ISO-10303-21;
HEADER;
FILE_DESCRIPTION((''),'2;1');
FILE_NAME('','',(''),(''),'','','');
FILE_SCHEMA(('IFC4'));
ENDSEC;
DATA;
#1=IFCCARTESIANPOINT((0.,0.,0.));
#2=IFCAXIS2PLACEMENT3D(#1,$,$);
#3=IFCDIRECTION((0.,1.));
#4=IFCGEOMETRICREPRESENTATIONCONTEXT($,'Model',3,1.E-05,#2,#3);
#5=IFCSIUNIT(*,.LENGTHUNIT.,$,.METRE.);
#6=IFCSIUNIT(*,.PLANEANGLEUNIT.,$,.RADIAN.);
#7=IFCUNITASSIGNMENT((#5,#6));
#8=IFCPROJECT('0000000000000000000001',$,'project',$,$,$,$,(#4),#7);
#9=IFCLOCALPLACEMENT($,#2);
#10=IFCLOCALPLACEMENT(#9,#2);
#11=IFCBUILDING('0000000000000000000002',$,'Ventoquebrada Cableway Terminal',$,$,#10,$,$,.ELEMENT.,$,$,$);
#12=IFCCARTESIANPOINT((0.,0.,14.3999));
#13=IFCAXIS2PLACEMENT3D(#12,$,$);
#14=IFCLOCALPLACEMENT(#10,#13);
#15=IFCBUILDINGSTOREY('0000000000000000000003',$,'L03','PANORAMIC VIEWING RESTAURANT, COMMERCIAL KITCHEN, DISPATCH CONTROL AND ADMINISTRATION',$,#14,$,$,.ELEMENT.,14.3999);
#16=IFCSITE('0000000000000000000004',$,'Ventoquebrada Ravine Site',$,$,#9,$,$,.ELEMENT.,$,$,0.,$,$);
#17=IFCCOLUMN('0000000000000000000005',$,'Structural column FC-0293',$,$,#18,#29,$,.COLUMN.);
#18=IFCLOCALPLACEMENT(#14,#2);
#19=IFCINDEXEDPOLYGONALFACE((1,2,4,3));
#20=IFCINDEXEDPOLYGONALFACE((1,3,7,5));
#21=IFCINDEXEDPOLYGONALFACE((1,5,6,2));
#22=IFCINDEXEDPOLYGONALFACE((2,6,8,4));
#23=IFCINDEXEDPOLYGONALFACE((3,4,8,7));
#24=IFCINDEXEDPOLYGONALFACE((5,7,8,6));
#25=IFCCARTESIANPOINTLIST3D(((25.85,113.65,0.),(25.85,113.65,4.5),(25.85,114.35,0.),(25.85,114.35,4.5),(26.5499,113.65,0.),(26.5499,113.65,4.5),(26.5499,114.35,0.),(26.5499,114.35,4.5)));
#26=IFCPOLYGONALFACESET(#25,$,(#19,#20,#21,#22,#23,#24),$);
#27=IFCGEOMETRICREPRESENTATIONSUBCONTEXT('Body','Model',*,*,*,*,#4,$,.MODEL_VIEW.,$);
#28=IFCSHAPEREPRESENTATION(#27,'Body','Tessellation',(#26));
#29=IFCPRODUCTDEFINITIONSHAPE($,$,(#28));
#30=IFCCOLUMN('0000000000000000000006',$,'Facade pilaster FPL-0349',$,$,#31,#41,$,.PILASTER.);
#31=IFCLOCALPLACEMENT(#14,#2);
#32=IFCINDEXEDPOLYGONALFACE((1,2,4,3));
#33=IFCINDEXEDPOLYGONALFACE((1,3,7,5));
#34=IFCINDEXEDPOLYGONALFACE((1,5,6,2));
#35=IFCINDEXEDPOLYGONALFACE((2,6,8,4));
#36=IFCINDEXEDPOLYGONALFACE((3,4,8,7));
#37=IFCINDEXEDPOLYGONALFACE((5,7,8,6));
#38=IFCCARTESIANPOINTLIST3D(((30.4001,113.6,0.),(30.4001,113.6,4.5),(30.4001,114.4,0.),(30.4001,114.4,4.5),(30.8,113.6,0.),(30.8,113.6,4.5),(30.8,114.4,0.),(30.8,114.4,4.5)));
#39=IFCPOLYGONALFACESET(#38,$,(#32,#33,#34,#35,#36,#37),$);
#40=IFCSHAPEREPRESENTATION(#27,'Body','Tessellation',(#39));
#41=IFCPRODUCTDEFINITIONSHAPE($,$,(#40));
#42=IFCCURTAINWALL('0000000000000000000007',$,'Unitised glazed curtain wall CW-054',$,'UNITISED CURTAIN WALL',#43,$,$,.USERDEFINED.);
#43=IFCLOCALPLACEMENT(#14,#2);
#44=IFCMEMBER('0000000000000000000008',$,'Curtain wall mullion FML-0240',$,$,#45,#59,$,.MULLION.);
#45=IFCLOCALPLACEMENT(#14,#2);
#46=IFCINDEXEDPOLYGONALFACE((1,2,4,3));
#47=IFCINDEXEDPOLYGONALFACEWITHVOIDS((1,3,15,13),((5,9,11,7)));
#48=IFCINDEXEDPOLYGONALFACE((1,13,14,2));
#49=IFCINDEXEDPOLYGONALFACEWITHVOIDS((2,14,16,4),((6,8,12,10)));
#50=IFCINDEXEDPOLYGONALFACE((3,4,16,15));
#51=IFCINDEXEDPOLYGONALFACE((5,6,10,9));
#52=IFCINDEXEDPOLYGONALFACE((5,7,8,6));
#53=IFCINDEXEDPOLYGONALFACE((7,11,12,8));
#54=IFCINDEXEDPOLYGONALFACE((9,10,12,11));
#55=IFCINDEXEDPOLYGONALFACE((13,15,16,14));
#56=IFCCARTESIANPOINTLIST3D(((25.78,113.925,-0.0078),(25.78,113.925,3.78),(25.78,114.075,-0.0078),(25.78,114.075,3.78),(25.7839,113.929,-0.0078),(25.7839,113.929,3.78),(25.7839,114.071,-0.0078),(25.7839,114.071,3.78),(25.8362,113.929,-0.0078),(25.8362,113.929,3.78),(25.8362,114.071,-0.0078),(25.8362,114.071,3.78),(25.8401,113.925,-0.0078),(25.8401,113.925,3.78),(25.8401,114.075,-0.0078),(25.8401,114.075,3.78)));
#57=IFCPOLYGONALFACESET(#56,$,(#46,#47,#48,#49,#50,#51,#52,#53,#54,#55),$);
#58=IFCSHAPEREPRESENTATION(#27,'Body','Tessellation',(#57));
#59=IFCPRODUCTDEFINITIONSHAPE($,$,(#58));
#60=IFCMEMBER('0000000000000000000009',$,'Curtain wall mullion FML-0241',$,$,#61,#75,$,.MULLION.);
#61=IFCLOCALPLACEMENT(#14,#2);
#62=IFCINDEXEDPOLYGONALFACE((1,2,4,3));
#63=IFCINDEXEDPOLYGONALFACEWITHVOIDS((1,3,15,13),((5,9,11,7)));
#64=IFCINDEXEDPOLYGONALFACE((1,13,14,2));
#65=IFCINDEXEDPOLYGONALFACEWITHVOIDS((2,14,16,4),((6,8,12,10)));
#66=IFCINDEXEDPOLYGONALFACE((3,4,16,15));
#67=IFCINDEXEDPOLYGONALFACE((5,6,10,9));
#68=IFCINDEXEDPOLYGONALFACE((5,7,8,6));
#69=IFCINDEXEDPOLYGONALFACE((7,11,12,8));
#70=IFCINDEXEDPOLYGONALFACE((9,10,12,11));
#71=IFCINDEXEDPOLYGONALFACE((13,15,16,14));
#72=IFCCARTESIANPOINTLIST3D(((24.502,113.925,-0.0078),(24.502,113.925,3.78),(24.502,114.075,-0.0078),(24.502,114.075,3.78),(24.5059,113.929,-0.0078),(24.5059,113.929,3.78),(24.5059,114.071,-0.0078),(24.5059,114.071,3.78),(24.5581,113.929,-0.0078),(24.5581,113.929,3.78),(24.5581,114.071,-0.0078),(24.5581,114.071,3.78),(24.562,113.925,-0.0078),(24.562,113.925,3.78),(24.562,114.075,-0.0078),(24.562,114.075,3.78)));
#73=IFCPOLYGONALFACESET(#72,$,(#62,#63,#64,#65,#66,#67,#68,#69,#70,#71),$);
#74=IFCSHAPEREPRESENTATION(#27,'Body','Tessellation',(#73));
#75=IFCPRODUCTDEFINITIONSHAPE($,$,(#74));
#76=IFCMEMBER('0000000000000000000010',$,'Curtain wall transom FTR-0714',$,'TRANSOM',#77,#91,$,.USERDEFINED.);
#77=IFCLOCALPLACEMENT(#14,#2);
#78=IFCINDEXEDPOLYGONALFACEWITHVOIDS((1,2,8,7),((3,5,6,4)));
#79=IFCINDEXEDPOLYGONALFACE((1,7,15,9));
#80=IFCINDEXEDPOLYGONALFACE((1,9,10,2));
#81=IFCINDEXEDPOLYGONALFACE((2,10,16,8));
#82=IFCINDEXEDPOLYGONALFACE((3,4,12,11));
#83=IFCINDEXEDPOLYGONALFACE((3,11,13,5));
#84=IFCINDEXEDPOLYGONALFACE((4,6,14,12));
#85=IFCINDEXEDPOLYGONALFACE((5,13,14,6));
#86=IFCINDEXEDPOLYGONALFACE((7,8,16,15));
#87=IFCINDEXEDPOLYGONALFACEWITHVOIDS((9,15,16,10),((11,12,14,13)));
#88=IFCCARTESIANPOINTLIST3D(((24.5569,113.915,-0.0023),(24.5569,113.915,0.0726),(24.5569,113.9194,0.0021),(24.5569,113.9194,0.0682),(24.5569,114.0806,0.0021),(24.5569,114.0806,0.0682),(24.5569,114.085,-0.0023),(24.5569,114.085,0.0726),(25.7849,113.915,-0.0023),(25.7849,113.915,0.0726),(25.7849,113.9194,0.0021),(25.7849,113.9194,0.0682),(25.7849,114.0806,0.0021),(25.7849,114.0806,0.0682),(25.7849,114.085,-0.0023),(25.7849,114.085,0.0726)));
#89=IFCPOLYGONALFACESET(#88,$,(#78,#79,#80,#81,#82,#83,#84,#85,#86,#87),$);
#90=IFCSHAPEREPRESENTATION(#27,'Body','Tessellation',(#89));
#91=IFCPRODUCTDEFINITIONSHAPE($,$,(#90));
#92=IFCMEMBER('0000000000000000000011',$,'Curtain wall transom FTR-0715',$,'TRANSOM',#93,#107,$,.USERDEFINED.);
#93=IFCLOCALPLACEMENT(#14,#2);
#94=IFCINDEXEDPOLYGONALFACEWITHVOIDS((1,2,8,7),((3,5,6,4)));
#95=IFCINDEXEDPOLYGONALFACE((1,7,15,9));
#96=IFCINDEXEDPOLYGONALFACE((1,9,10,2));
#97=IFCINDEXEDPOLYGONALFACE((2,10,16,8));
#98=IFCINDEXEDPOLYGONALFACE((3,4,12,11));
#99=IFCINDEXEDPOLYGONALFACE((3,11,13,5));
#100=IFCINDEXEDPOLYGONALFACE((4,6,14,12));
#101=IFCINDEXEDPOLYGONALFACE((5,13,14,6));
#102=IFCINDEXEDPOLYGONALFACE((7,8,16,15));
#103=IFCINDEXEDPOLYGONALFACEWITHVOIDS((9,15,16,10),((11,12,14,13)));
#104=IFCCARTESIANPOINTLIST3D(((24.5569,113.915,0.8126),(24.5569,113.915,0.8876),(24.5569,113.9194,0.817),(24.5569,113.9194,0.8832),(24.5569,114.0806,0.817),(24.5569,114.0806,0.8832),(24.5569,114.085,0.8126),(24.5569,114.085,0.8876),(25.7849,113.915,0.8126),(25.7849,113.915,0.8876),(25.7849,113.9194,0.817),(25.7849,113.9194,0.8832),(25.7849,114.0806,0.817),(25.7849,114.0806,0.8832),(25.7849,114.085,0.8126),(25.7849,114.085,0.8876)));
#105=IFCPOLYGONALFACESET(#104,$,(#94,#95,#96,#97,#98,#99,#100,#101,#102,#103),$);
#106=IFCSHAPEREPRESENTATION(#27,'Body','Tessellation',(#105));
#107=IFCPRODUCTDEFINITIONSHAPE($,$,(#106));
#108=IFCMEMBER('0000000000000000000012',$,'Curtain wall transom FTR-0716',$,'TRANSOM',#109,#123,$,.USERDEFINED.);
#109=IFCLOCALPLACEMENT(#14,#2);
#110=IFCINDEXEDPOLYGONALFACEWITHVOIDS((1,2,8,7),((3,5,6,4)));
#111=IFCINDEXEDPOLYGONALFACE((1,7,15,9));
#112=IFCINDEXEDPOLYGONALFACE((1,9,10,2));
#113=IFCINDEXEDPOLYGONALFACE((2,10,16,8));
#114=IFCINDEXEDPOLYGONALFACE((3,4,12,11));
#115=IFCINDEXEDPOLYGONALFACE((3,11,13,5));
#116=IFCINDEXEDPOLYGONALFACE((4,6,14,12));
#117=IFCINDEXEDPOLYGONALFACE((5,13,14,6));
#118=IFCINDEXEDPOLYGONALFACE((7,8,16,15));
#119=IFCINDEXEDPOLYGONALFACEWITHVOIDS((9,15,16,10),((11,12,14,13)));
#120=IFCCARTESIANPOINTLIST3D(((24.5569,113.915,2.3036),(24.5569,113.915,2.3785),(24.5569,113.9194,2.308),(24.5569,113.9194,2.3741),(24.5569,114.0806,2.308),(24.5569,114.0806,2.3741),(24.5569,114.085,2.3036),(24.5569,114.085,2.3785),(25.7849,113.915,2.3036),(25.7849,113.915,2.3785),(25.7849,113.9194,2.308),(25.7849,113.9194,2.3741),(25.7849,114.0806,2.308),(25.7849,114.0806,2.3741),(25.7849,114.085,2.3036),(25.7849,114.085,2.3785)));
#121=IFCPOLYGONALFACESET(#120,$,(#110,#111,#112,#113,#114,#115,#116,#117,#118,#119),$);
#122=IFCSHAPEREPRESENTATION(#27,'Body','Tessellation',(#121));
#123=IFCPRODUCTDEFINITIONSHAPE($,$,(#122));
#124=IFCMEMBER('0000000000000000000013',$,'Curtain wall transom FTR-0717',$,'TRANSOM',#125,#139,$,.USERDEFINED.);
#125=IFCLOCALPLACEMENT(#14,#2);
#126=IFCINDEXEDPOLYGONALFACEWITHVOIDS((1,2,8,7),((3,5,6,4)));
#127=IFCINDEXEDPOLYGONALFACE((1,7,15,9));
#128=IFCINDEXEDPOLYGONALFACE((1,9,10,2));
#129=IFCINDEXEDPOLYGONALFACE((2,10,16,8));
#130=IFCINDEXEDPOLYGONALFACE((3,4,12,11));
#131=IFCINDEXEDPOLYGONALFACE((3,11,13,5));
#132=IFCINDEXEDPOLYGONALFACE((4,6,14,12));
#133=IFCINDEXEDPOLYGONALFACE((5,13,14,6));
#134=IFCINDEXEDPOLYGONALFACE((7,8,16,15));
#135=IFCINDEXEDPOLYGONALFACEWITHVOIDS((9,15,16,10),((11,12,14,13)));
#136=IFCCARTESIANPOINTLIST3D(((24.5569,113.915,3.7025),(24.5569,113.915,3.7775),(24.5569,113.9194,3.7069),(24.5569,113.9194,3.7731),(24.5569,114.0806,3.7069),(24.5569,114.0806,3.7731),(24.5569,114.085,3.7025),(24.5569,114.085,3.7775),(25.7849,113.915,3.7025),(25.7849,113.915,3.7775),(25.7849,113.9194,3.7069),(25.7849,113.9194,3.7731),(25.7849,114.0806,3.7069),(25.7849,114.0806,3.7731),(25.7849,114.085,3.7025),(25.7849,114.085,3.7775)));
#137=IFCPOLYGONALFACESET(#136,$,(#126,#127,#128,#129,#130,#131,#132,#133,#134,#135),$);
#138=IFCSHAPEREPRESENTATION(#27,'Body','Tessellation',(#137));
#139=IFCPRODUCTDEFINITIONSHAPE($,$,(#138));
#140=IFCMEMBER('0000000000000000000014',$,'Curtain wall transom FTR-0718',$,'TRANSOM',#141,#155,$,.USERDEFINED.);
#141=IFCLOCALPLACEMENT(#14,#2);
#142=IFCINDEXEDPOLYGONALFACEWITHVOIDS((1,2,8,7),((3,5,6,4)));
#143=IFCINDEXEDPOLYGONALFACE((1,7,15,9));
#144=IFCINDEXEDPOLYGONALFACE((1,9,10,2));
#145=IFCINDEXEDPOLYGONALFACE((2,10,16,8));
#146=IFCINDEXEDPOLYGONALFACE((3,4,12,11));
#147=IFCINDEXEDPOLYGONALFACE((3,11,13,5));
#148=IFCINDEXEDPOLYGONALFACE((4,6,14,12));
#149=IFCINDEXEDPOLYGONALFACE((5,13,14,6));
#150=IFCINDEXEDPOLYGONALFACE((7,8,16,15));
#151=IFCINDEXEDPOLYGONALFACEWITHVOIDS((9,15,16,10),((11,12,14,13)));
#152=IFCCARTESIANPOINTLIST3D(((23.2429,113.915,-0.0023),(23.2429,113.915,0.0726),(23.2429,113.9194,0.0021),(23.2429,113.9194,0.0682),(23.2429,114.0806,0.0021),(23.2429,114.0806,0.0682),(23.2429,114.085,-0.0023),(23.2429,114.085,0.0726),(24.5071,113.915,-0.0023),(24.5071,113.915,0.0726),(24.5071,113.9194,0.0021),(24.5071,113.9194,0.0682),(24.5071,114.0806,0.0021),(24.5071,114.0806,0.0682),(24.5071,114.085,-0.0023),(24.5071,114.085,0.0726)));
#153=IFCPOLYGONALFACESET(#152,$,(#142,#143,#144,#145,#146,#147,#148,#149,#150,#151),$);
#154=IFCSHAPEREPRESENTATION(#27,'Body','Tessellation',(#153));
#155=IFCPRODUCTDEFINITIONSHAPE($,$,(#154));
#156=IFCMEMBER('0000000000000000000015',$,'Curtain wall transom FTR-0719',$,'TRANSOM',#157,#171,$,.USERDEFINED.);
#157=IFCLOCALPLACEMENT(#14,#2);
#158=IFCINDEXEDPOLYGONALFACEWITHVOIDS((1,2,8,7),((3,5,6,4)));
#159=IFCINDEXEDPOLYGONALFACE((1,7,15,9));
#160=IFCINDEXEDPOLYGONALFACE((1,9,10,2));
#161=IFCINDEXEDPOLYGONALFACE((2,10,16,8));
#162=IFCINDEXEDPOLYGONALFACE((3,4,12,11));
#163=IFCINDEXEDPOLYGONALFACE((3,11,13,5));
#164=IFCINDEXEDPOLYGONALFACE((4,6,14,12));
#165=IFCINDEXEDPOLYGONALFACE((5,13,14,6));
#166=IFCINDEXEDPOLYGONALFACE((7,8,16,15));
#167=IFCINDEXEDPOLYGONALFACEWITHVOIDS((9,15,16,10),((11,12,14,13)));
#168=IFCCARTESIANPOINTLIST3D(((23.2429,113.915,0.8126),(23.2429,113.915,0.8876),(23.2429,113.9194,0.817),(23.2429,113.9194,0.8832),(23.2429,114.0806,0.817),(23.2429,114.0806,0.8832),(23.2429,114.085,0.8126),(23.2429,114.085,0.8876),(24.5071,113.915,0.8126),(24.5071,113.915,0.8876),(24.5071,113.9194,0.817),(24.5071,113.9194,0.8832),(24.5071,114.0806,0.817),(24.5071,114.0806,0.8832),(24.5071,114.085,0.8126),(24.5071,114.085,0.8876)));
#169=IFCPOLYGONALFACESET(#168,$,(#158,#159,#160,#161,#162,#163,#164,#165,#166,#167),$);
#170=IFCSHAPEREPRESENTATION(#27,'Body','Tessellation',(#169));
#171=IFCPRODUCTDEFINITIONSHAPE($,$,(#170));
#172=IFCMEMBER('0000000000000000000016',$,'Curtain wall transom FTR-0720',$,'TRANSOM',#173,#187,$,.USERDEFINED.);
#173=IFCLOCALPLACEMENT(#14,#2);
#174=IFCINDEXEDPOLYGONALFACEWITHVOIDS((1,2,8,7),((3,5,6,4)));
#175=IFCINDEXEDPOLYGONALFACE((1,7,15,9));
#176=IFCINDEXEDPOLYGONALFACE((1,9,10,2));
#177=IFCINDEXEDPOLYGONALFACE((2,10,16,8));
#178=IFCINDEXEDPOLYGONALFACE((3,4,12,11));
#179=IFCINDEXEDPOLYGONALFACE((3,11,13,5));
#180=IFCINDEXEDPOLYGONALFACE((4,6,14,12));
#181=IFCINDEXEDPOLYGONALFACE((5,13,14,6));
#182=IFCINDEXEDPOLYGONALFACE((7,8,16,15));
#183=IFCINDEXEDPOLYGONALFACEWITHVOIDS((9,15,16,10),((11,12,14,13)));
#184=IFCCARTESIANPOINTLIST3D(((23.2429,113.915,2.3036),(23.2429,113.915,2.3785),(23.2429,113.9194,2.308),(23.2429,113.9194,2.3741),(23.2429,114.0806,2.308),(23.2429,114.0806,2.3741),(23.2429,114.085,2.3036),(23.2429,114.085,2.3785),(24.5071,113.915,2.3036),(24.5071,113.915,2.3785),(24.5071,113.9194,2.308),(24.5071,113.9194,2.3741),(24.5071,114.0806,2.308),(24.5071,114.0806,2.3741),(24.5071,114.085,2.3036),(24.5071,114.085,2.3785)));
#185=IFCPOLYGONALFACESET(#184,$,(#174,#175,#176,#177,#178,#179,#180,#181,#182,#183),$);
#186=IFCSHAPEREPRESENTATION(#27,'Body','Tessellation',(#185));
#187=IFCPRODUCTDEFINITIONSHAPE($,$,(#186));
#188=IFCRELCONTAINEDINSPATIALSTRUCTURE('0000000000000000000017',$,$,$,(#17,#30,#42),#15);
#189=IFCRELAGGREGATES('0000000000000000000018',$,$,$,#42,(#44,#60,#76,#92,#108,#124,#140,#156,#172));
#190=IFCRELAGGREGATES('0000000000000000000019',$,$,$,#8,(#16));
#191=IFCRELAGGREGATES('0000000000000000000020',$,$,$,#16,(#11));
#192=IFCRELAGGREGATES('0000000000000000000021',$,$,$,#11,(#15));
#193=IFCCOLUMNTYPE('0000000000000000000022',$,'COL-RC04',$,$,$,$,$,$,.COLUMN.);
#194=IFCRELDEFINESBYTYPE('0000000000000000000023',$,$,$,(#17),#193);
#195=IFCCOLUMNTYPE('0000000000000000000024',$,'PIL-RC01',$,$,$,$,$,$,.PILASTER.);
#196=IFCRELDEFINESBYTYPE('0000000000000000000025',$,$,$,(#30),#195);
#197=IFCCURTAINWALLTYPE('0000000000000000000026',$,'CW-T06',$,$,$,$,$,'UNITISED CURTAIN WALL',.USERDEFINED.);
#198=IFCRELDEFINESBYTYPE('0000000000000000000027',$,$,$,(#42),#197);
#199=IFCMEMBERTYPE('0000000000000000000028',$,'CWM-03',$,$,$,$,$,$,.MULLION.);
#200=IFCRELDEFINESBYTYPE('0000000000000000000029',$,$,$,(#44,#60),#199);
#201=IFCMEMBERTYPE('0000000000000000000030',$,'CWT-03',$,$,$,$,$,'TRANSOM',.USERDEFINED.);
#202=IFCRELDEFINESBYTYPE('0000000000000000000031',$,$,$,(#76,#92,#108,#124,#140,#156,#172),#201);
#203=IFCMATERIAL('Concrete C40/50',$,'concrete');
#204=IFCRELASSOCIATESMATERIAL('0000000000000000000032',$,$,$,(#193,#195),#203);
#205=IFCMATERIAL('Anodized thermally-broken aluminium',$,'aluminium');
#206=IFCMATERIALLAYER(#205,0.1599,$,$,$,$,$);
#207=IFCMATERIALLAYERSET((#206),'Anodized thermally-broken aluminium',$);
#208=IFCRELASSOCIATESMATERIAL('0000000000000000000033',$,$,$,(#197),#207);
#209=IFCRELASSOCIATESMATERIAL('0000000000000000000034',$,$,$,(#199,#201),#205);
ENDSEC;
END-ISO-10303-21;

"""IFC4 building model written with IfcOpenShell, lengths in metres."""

from ifc_helpers import new_model, si_unit, direction, frame, origin, origin_2d, place, context, subcontext, project, spatial, rectangle, hollow_rectangle, extrude, material, layer, layer_set, material_profile, profile_set, type_object, element, aggregate, save


model = new_model("IFC4")

# Units and contexts
model_context = context("Model", 3, precision=1e-05, world=origin(), true_north=direction((0.0, 1.0)))
body_context = subcontext(model_context, "Body", "Model", "MODEL_VIEW")
ifc_project = project(units=[si_unit("LENGTHUNIT", "METRE"), si_unit("PLANEANGLEUNIT", "RADIAN")], contexts=[model_context])

# Site, building, storey
site_placement = place(None, origin())
site = spatial("IfcSite", under=ifc_project, at=site_placement, Name="Ventoquebrada Ravine Site", CompositionType="ELEMENT", RefElevation=0.0)
building_placement = place(site_placement, origin())
building = spatial("IfcBuilding", under=site, at=building_placement, Name="Ventoquebrada Cableway Terminal", CompositionType="ELEMENT")
storey_placement = place(building_placement, frame((0.0, 0.0, 14.3999)))
storey = spatial("IfcBuildingStorey", under=building, at=storey_placement, Name="L03", Description="PANORAMIC VIEWING RESTAURANT, COMMERCIAL KITCHEN, DISPATCH CONTROL AND ADMINISTRATION", CompositionType="ELEMENT", Elevation=14.3999)

# Columns
ifc_material_1 = material(Name="Concrete C40/50", Category="concrete")
ifc_material_profile_1 = material_profile(ifc_material_1, rectangle(XDim=0.7, YDim=0.7, at=origin_2d()), Name="RC-COL-700X700")
ifc_profile_set_1 = profile_set([ifc_material_profile_1], Name="Concrete C40/50")
column_type_1 = type_object("IfcColumnType", Name="COL-RC04", PredefinedType="COLUMN", material=ifc_profile_set_1)
column_1_placement = place(storey_placement, frame((26.2, 114.0, 0.0), z_axis=(0.0, 0.0, 1.0), x_axis=(1.0, 0.0, 0.0)))
element("IfcColumn", 1, at=column_1_placement, inside=storey, type_object=column_type_1, Name="Structural column FC-0293", PredefinedType="COLUMN", context=body_context, shape_type="SweptSolid", body=[
    extrude(rectangle(XDim=0.7, YDim=0.7, at=origin_2d()), origin(), (0.0, 0.0, 1.0), 4.5),
])
ifc_material_profile_2 = material_profile(ifc_material_1, rectangle(XDim=0.3999, YDim=0.8, at=origin_2d()), Name="RC-PIL-400X800")
ifc_profile_set_2 = profile_set([ifc_material_profile_2], Name="Concrete C40/50")
column_type_2 = type_object("IfcColumnType", Name="PIL-RC01", PredefinedType="PILASTER", material=ifc_profile_set_2)
column_2_placement = place(storey_placement, frame((30.6001, 114.0, 0.0), z_axis=(0.0, 0.0, 1.0), x_axis=(1.0, 0.0, 0.0)))
element("IfcColumn", 2, at=column_2_placement, inside=storey, type_object=column_type_2, Name="Facade pilaster FPL-0349", PredefinedType="PILASTER", context=body_context, shape_type="SweptSolid", body=[
    extrude(rectangle(XDim=0.3999, YDim=0.8, at=origin_2d()), origin(), (0.0, 0.0, 1.0), 4.5),
])

# Curtain wall, members
ifc_material_2 = material(Name="Anodized thermally-broken aluminium", Category="aluminium")
ifc_layer_1 = layer(ifc_material_2, 0.1599)
ifc_layer_set_1 = layer_set([ifc_layer_1], Name="Anodized thermally-broken aluminium")
curtain_wall_type = type_object("IfcCurtainWallType", Name="CW-T06", ElementType="UNITISED CURTAIN WALL", PredefinedType="USERDEFINED", material=ifc_layer_set_1)
curtain_wall_placement = place(storey_placement, origin())
curtain_wall = element("IfcCurtainWall", 3, at=curtain_wall_placement, inside=storey, type_object=curtain_wall_type, Name="Unitised glazed curtain wall CW-054", ObjectType="UNITISED CURTAIN WALL", PredefinedType="USERDEFINED")
ifc_material_profile_3 = material_profile(ifc_material_2, hollow_rectangle(XDim=0.0601, YDim=0.1499, WallThickness=0.0039, at=origin_2d()), Name="CW-MUL-60X150")
ifc_profile_set_3 = profile_set([ifc_material_profile_3], Name="Anodized thermally-broken aluminium")
member_type_1 = type_object("IfcMemberType", Name="CWM-03", PredefinedType="MULLION", material=ifc_profile_set_3)
member_1_placement = place(storey_placement, frame((25.8101, 114.0, -0.0078), z_axis=(0.0, 0.0, 1.0), x_axis=(-1.0, 0.0, 0.0)))
member_1 = element("IfcMember", 4, at=member_1_placement, type_object=member_type_1, Name="Curtain wall mullion FML-0240", PredefinedType="MULLION", context=body_context, shape_type="SweptSolid", body=[
    extrude(hollow_rectangle(XDim=0.0601, YDim=0.1499, WallThickness=0.0039, at=origin_2d()), origin(), (0.0, 0.0, 1.0), 3.7878),
])
member_2_placement = place(storey_placement, frame((24.532, 114.0, -0.0078), z_axis=(0.0, 0.0, 1.0), x_axis=(-1.0, 0.0, 0.0)))
member_2 = element("IfcMember", 5, at=member_2_placement, type_object=member_type_1, Name="Curtain wall mullion FML-0241", PredefinedType="MULLION", context=body_context, shape_type="SweptSolid", body=[
    extrude(hollow_rectangle(XDim=0.0601, YDim=0.1499, WallThickness=0.0039, at=origin_2d()), origin(), (0.0, 0.0, 1.0), 3.7878),
])
ifc_material_profile_4 = material_profile(ifc_material_2, hollow_rectangle(XDim=0.075, YDim=0.1699, WallThickness=0.0044, at=origin_2d()), Name="CW-TRN-75X170")
ifc_profile_set_4 = profile_set([ifc_material_profile_4], Name="Anodized thermally-broken aluminium")
member_type_2 = type_object("IfcMemberType", Name="CWT-03", ElementType="TRANSOM", PredefinedType="USERDEFINED", material=ifc_profile_set_4)
member_3_placement = place(storey_placement, frame((25.7849, 114.0, 0.0352), z_axis=(-1.0, 0.0, 0.0), x_axis=(0.0, 0.0, 1.0)))
member_3 = element("IfcMember", 6, at=member_3_placement, type_object=member_type_2, Name="Curtain wall transom FTR-0714", ObjectType="TRANSOM", PredefinedType="USERDEFINED", context=body_context, shape_type="SweptSolid", body=[
    extrude(hollow_rectangle(XDim=0.075, YDim=0.1699, WallThickness=0.0044, at=origin_2d()), origin(), (0.0, 0.0, 1.0), 1.228),
])
member_4_placement = place(storey_placement, frame((25.7849, 114.0, 0.8501), z_axis=(-1.0, 0.0, 0.0), x_axis=(0.0, 0.0, 1.0)))
member_4 = element("IfcMember", 7, at=member_4_placement, type_object=member_type_2, Name="Curtain wall transom FTR-0715", ObjectType="TRANSOM", PredefinedType="USERDEFINED", context=body_context, shape_type="SweptSolid", body=[
    extrude(hollow_rectangle(XDim=0.075, YDim=0.1699, WallThickness=0.0044, at=origin_2d()), origin(), (0.0, 0.0, 1.0), 1.228),
])
member_5_placement = place(storey_placement, frame((25.7849, 114.0, 2.3411), z_axis=(-1.0, 0.0, 0.0), x_axis=(0.0, 0.0, 1.0)))
member_5 = element("IfcMember", 8, at=member_5_placement, type_object=member_type_2, Name="Curtain wall transom FTR-0716", ObjectType="TRANSOM", PredefinedType="USERDEFINED", context=body_context, shape_type="SweptSolid", body=[
    extrude(hollow_rectangle(XDim=0.075, YDim=0.1699, WallThickness=0.0044, at=origin_2d()), origin(), (0.0, 0.0, 1.0), 1.228),
])
member_6_placement = place(storey_placement, frame((25.7849, 114.0, 3.74), z_axis=(-1.0, 0.0, 0.0), x_axis=(0.0, 0.0, 1.0)))
member_6 = element("IfcMember", 9, at=member_6_placement, type_object=member_type_2, Name="Curtain wall transom FTR-0717", ObjectType="TRANSOM", PredefinedType="USERDEFINED", context=body_context, shape_type="SweptSolid", body=[
    extrude(hollow_rectangle(XDim=0.075, YDim=0.1699, WallThickness=0.0044, at=origin_2d()), origin(), (0.0, 0.0, 1.0), 1.228),
])
member_7_placement = place(storey_placement, frame((24.5071, 114.0, 0.0352), z_axis=(-1.0, 0.0, 0.0), x_axis=(0.0, 0.0, 1.0)))
member_7 = element("IfcMember", 10, at=member_7_placement, type_object=member_type_2, Name="Curtain wall transom FTR-0718", ObjectType="TRANSOM", PredefinedType="USERDEFINED", context=body_context, shape_type="SweptSolid", body=[
    extrude(hollow_rectangle(XDim=0.075, YDim=0.1699, WallThickness=0.0044, at=origin_2d()), origin(), (0.0, 0.0, 1.0), 1.2642),
])
member_8_placement = place(storey_placement, frame((24.5071, 114.0, 0.8501), z_axis=(-1.0, 0.0, 0.0), x_axis=(0.0, 0.0, 1.0)))
member_8 = element("IfcMember", 11, at=member_8_placement, type_object=member_type_2, Name="Curtain wall transom FTR-0719", ObjectType="TRANSOM", PredefinedType="USERDEFINED", context=body_context, shape_type="SweptSolid", body=[
    extrude(hollow_rectangle(XDim=0.075, YDim=0.1699, WallThickness=0.0044, at=origin_2d()), origin(), (0.0, 0.0, 1.0), 1.2642),
])
member_9_placement = place(storey_placement, frame((24.5071, 114.0, 2.3411), z_axis=(-1.0, 0.0, 0.0), x_axis=(0.0, 0.0, 1.0)))
member_9 = element("IfcMember", 12, at=member_9_placement, type_object=member_type_2, Name="Curtain wall transom FTR-0720", ObjectType="TRANSOM", PredefinedType="USERDEFINED", context=body_context, shape_type="SweptSolid", body=[
    extrude(hollow_rectangle(XDim=0.075, YDim=0.1699, WallThickness=0.0044, at=origin_2d()), origin(), (0.0, 0.0, 1.0), 1.2642),
])

aggregate(curtain_wall, [member_1, member_2, member_3, member_4, member_5, member_6, member_7, member_8, member_9])

save(model, "model.ifc")
